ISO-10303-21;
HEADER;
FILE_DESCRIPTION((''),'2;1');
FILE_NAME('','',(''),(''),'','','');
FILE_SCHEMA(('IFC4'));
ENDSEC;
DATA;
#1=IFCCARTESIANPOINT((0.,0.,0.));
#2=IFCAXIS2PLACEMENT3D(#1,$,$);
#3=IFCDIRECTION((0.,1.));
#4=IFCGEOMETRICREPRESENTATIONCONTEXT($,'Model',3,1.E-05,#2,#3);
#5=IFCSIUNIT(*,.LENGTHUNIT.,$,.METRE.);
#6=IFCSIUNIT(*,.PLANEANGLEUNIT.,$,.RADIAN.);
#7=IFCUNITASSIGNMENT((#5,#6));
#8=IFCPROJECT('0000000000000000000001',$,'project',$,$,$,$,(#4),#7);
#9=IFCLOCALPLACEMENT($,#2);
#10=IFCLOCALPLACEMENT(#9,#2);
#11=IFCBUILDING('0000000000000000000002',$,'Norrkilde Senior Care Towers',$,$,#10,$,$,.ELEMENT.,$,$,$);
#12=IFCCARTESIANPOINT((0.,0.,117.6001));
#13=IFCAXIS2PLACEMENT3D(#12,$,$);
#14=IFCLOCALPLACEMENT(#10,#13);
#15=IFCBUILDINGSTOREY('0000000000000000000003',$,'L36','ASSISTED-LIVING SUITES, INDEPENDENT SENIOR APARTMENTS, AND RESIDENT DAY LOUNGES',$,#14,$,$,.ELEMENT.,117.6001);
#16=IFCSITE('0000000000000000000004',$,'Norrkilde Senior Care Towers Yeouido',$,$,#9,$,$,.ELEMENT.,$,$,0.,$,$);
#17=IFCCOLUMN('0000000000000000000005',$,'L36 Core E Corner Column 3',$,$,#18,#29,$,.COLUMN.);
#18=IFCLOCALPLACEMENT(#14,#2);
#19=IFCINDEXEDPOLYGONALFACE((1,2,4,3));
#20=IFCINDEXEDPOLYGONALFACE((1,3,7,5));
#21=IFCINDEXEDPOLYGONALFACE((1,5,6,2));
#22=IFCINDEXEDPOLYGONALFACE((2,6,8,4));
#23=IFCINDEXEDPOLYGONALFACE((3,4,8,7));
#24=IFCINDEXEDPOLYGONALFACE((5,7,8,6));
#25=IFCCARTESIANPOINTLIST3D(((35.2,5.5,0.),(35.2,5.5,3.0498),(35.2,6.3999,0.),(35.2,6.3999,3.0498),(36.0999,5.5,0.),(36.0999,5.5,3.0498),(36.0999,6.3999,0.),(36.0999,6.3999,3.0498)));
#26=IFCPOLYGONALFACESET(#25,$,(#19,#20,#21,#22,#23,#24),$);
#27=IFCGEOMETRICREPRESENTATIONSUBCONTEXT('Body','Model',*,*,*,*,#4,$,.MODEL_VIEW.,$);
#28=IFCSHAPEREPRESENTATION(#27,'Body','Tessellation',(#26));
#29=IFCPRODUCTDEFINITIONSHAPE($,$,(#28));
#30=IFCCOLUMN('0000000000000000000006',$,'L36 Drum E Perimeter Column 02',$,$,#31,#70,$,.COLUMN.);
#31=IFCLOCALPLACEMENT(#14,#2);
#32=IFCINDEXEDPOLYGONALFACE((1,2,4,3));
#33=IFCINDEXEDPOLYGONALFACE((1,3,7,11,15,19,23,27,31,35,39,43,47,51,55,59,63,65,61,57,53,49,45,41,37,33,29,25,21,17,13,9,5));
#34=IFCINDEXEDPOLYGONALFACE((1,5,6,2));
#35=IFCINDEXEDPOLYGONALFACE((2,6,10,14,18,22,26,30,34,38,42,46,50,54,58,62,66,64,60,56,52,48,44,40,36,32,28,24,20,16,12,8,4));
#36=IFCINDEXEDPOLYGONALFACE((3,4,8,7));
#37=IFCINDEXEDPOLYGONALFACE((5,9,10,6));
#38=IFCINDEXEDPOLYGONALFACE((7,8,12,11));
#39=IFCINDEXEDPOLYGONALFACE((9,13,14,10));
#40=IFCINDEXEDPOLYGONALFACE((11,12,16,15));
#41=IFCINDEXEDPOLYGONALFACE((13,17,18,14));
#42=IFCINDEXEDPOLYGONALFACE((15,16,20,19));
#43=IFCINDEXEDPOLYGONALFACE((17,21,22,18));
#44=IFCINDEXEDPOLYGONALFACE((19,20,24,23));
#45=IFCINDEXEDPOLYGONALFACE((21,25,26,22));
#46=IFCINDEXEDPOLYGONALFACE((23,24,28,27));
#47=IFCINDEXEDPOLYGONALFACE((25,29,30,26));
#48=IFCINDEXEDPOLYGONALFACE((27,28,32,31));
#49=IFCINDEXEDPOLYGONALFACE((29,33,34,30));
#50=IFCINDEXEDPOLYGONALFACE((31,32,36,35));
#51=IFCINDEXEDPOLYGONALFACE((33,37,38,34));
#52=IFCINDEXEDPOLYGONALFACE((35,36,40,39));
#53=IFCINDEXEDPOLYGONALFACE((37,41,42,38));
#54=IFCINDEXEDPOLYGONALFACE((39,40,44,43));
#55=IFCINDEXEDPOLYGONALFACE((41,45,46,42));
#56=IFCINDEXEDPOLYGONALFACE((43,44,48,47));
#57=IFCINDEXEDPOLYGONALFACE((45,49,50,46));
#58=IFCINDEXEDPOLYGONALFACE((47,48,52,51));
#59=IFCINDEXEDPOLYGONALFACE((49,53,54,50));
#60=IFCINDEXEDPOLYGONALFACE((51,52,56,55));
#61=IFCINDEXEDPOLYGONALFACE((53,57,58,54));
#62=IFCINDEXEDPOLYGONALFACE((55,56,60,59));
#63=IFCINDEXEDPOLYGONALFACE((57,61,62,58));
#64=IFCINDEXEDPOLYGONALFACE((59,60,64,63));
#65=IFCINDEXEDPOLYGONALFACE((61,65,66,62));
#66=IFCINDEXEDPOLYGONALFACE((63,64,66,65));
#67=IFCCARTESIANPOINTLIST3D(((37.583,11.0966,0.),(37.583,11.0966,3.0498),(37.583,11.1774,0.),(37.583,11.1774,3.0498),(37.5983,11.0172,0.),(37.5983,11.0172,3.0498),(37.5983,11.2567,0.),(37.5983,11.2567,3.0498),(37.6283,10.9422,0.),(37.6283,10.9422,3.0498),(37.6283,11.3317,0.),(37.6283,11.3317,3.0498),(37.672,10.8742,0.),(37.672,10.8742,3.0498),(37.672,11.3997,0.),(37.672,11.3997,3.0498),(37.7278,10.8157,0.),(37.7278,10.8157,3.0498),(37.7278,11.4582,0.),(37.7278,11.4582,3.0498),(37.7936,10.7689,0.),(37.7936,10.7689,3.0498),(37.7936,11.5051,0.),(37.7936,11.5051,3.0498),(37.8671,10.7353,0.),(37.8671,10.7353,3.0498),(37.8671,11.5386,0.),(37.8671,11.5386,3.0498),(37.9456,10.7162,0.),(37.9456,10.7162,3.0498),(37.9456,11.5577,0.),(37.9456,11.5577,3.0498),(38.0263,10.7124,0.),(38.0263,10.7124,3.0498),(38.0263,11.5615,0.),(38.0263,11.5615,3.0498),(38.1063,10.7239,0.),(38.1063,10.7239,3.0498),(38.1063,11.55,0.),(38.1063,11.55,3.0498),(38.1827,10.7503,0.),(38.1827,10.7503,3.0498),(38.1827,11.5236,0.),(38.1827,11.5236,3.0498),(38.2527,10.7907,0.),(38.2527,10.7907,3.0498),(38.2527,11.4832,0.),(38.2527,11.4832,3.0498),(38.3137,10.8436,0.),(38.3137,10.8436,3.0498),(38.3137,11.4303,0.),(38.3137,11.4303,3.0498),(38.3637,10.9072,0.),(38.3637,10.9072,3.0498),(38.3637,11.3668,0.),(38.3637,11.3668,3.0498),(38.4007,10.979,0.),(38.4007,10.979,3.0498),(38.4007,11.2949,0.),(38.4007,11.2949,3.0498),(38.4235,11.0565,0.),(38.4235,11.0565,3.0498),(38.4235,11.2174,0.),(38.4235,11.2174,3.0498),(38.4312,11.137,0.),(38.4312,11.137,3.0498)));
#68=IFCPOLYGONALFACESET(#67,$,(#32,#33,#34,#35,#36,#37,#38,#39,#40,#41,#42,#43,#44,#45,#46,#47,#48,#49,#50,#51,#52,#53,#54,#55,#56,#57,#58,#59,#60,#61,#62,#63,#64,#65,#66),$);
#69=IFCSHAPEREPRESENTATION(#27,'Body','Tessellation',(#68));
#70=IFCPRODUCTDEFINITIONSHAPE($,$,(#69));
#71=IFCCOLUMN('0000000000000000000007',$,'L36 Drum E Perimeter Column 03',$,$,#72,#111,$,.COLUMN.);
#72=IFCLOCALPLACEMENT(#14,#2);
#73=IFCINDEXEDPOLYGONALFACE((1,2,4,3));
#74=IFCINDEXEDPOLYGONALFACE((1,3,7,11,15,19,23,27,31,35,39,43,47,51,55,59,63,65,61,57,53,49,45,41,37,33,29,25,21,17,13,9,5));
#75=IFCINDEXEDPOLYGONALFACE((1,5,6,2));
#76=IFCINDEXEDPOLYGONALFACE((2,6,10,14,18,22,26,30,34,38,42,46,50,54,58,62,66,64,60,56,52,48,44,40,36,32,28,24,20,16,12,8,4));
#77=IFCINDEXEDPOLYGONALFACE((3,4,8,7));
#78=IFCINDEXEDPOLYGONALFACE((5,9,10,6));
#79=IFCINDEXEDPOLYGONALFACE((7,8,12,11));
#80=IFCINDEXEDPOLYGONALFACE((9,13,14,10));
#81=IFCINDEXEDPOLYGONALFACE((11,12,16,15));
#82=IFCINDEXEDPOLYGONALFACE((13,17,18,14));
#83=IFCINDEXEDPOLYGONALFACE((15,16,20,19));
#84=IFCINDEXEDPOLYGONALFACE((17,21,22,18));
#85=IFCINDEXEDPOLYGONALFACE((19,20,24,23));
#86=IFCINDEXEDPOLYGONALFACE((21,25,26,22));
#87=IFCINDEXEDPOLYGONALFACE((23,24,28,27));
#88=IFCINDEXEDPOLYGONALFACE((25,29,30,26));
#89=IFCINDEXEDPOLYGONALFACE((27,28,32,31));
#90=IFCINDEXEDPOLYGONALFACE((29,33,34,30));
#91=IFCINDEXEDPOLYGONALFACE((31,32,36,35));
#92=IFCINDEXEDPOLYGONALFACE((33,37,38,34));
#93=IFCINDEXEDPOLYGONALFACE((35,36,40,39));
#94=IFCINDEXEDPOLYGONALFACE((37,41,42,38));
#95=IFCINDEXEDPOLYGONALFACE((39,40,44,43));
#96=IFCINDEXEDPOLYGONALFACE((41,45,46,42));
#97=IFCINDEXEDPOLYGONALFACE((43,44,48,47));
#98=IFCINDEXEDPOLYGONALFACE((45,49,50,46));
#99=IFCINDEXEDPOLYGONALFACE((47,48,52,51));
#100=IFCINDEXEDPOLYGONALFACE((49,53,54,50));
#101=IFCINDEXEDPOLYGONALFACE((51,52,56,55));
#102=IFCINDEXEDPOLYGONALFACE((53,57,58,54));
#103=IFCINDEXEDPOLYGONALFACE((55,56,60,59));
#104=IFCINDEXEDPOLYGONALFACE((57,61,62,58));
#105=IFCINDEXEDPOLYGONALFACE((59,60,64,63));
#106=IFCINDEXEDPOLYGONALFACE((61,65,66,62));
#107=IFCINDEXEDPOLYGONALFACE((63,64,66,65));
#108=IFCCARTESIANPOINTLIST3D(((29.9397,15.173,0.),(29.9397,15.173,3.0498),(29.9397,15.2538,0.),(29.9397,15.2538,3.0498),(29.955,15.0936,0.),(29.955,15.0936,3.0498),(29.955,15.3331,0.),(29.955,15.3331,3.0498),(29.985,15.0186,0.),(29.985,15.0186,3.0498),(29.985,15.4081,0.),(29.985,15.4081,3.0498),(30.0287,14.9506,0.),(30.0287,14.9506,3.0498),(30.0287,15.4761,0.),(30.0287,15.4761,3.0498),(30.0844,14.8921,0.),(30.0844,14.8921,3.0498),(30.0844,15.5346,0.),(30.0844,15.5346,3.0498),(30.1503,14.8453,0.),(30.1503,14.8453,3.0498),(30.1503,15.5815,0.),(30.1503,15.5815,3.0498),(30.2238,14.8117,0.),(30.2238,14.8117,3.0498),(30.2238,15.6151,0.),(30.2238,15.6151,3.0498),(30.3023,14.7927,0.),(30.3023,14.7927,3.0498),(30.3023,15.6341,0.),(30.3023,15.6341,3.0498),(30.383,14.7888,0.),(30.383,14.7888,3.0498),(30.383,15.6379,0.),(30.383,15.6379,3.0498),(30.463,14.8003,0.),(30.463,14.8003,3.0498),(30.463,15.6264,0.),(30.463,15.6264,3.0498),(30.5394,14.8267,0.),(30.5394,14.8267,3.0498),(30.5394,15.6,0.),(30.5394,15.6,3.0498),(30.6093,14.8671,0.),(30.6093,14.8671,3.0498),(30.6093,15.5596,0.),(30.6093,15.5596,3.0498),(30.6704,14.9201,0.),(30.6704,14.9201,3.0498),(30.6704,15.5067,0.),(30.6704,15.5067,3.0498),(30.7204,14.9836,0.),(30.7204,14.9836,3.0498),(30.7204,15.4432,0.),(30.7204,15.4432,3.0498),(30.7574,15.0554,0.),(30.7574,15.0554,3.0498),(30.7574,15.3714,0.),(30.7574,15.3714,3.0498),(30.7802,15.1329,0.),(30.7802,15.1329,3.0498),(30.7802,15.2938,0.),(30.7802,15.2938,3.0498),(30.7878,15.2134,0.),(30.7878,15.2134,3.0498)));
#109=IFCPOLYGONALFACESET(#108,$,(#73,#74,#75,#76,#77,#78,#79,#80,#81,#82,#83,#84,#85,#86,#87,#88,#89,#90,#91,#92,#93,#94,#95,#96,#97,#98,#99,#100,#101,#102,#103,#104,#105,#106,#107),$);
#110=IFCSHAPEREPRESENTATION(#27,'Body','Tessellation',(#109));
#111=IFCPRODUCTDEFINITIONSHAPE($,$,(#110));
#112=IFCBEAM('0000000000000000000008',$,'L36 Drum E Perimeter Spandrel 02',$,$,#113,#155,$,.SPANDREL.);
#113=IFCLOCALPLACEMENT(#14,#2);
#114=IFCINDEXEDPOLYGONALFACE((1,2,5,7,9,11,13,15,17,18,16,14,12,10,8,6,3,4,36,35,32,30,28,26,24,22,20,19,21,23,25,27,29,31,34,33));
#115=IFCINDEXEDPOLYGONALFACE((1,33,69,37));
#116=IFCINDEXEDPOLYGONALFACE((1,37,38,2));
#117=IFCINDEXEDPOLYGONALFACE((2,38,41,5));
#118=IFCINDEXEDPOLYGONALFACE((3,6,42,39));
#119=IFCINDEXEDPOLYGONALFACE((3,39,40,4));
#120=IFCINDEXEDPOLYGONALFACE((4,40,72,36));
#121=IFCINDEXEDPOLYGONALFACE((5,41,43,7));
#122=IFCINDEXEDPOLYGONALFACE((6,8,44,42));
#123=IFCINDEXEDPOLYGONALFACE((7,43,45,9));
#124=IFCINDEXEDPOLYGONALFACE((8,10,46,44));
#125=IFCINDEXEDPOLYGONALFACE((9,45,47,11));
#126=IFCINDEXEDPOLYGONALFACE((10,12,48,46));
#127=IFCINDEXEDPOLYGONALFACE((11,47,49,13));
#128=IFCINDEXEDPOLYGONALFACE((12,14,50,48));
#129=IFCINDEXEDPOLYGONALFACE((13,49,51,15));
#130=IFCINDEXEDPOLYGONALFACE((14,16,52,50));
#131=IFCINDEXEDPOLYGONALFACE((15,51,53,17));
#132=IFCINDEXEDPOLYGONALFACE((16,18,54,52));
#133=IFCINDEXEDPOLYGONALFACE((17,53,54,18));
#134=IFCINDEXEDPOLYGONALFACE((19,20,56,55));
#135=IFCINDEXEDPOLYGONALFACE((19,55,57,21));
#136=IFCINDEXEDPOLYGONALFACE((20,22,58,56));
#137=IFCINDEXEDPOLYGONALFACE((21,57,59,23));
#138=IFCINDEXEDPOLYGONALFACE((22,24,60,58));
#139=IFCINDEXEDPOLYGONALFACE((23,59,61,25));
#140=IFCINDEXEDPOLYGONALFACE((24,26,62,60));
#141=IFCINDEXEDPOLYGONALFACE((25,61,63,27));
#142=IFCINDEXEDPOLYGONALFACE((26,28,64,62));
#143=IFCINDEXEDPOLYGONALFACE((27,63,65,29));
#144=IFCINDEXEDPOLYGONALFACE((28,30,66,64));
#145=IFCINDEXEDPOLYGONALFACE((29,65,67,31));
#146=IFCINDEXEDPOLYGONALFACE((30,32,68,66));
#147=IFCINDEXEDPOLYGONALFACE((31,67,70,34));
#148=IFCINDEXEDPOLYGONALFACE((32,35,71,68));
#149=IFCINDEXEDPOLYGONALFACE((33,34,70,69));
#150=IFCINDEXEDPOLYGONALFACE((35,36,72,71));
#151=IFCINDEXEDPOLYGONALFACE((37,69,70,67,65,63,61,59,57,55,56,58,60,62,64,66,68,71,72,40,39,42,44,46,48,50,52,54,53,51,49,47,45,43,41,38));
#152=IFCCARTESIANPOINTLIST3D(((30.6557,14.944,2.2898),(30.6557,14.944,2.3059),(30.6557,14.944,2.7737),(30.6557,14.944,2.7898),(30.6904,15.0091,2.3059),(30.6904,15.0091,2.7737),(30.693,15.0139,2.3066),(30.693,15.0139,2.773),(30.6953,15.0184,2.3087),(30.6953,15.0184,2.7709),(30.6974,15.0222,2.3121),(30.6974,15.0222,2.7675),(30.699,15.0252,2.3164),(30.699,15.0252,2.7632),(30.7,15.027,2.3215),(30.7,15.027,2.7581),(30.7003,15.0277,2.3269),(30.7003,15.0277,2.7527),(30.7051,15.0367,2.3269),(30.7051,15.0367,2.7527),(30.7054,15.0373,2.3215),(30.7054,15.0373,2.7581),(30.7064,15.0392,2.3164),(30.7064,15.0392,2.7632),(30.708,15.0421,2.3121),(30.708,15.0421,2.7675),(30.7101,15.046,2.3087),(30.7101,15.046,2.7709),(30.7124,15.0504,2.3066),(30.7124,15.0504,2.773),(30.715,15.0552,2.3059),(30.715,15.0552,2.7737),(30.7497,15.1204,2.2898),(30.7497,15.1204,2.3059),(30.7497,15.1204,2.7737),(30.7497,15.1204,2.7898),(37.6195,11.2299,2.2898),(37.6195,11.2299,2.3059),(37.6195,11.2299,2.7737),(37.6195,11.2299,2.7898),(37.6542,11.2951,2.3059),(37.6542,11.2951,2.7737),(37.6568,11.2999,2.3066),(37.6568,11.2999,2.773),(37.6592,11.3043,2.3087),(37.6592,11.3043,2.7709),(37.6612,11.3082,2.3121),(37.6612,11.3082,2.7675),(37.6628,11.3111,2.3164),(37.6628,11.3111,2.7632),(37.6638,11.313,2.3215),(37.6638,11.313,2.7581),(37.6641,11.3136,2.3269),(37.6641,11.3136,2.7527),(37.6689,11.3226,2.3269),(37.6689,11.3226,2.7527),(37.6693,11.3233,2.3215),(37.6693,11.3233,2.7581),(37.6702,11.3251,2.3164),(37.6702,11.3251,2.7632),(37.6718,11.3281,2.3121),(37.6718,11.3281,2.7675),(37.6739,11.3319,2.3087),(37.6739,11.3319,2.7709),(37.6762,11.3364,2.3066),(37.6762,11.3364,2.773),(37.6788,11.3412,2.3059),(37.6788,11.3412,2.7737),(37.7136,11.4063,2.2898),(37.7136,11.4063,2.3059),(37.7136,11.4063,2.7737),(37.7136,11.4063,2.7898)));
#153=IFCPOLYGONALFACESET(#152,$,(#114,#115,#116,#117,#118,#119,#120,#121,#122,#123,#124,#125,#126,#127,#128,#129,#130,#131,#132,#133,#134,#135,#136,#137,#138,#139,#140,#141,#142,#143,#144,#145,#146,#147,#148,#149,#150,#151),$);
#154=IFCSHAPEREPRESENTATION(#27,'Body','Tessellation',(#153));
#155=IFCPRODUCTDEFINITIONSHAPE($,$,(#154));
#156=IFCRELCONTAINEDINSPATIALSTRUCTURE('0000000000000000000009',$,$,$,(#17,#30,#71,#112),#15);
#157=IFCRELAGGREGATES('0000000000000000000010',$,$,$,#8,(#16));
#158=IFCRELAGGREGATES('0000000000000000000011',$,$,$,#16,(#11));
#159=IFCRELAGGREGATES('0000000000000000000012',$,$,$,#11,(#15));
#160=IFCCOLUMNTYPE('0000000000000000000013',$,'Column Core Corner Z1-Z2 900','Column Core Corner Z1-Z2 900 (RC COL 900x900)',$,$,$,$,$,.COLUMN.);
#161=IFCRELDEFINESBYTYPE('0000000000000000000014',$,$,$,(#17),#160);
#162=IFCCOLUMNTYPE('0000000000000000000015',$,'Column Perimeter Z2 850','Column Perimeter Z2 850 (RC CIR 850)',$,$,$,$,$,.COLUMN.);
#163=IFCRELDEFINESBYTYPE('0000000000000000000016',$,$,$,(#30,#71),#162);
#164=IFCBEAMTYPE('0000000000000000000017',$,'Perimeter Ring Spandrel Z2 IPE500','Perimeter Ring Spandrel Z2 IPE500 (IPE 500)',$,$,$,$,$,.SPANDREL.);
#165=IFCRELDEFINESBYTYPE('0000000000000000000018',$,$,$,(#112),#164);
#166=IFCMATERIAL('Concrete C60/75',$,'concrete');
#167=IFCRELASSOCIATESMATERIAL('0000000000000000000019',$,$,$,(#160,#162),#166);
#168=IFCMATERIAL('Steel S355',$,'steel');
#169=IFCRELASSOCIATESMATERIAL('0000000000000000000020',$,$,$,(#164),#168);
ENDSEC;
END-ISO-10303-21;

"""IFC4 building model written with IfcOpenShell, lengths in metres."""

from ifc_helpers import new_model, si_unit, direction, frame, origin, origin_2d, place, context, subcontext, project, spatial, rectangle, circle, i_section, extrude, source, transform, mapped, material, material_profile, profile_set, type_object, type_shapes, element, save


model = new_model("IFC4")

# Units and contexts
model_context = context("Model", 3, precision=1e-05, world=origin(), true_north=direction((0.0, 1.0)))
body_context = subcontext(model_context, "Body", "Model", "MODEL_VIEW")
ifc_project = project(units=[si_unit("LENGTHUNIT", "METRE"), si_unit("PLANEANGLEUNIT", "RADIAN")], contexts=[model_context])

# Site, building, storey
site_placement = place(None, origin())
site = spatial("IfcSite", under=ifc_project, at=site_placement, Name="Norrkilde Senior Care Towers Yeouido", CompositionType="ELEMENT", RefElevation=0.0)
building_placement = place(site_placement, origin())
building = spatial("IfcBuilding", under=site, at=building_placement, Name="Norrkilde Senior Care Towers", CompositionType="ELEMENT")
storey_placement = place(building_placement, frame((0.0, 0.0, 117.6001)))
storey = spatial("IfcBuildingStorey", under=building, at=storey_placement, Name="L36", Description="ASSISTED-LIVING SUITES, INDEPENDENT SENIOR APARTMENTS, AND RESIDENT DAY LOUNGES", CompositionType="ELEMENT", Elevation=117.6001)

# Columns
ifc_material_1 = material(Name="Concrete C60/75", Category="concrete")
ifc_material_profile_1 = material_profile(ifc_material_1, rectangle(XDim=0.8999, YDim=0.8999, at=origin_2d()), Name="RC COL 900x900")
ifc_profile_set_1 = profile_set([ifc_material_profile_1], Name="Concrete C60/75")
column_type_1 = type_object("IfcColumnType", Name="Column Core Corner Z1-Z2 900", Description="Column Core Corner Z1-Z2 900 (RC COL 900x900)", PredefinedType="COLUMN", material=ifc_profile_set_1)
shared_shape_1 = source(origin(), body_context, "Body", "SweptSolid", [
    extrude(rectangle(XDim=0.8999, YDim=0.8999, at=origin_2d()), origin(), (0.0, 0.0, 1.0), 3.0498),
])
type_shapes(column_type_1, [shared_shape_1])
column_placement = place(storey_placement, frame((35.6499, 5.95, 0.0), z_axis=(0.0, 0.0, 1.0), x_axis=(1.0, 0.0, 0.0)))
element("IfcColumn", 1, at=column_placement, inside=storey, type_object=column_type_1, Name="L36 Core E Corner Column 3", PredefinedType="COLUMN", context=body_context, shape_type="MappedRepresentation", body=[
    mapped(shared_shape_1, transform((0.0, 0.0, 0.0), x_axis=(1.0, 0.0, 0.0), y_axis=(0.0, 1.0, 0.0), z_axis=(0.0, 0.0, 1.0), scale=1.0)),
])
ifc_material_profile_2 = material_profile(ifc_material_1, circle(Radius=0.425, at=origin_2d()), Name="RC CIR 850")
ifc_profile_set_2 = profile_set([ifc_material_profile_2], Name="Concrete C60/75")
column_type_2 = type_object("IfcColumnType", Name="Column Perimeter Z2 850", Description="Column Perimeter Z2 850 (RC CIR 850)", PredefinedType="COLUMN", material=ifc_profile_set_2)
shared_shape_2 = source(origin(), body_context, "Body", "SweptSolid", [
    extrude(circle(Radius=0.425, at=origin_2d()), origin(), (0.0, 0.0, 1.0), 3.0498),
])
type_shapes(column_type_2, [shared_shape_2])
for number, where, z_axis, x_axis, name in (
    (2, (38.0061, 11.137, 0.0), (0.0, 0.0, 1.0), (1.0, 0.0, 0.0), "L36 Drum E Perimeter Column 02"),
    (3, (30.3628, 15.2134, 0.0), (0.0, 0.0, 1.0), (1.0, 0.0, 0.0), "L36 Drum E Perimeter Column 03"),
):
    element("IfcColumn", number, at=place(storey_placement, frame(where, z_axis=z_axis, x_axis=x_axis)), inside=storey, type_object=column_type_2, Name=name, PredefinedType="COLUMN", context=body_context, shape_type="MappedRepresentation", body=[
        mapped(shared_shape_2, transform((0.0, 0.0, 0.0), x_axis=(1.0, 0.0, 0.0), y_axis=(0.0, 1.0, 0.0), z_axis=(0.0, 0.0, 1.0), scale=1.0)),
    ])

# Beam
ifc_material_2 = material(Name="Steel S355", Category="steel")
ifc_material_profile_3 = material_profile(ifc_material_2, i_section(OverallWidth=0.2, OverallDepth=0.5, WebThickness=0.0103, FlangeThickness=0.0161, FilletRadius=0.021, at=origin_2d()), Name="IPE 500")
ifc_profile_set_3 = profile_set([ifc_material_profile_3], Name="Steel S355")
beam_type_1 = type_object("IfcBeamType", Name="Perimeter Ring Spandrel Z2 IPE500", Description="Perimeter Ring Spandrel Z2 IPE500 (IPE 500)", PredefinedType="SPANDREL", material=ifc_profile_set_3)
shared_shape_3 = source(origin(), body_context, "Body", "SweptSolid", [
    extrude(i_section(OverallWidth=0.2, OverallDepth=0.5, WebThickness=0.0103, FlangeThickness=0.0161, FilletRadius=0.021, at=origin_2d()), origin(), (0.0, 0.0, 1.0), 7.8923),
])
beam_1_placement = place(storey_placement, frame((37.6665, 11.3181, 2.5398), z_axis=(-0.88235, 0.470593, 0.0), x_axis=(-0.470593, -0.88235, 0.0)))
element("IfcBeam", 4, at=beam_1_placement, inside=storey, type_object=beam_type_1, Name="L36 Drum E Perimeter Spandrel 02", PredefinedType="SPANDREL", context=body_context, shape_type="MappedRepresentation", body=[
    mapped(shared_shape_3, transform((0.0, 0.0, 0.0), x_axis=(1.0, 0.0, 0.0), y_axis=(0.0, 1.0, 0.0), z_axis=(0.0, 0.0, 1.0), scale=1.0)),
])

save(model, "model.ifc")
